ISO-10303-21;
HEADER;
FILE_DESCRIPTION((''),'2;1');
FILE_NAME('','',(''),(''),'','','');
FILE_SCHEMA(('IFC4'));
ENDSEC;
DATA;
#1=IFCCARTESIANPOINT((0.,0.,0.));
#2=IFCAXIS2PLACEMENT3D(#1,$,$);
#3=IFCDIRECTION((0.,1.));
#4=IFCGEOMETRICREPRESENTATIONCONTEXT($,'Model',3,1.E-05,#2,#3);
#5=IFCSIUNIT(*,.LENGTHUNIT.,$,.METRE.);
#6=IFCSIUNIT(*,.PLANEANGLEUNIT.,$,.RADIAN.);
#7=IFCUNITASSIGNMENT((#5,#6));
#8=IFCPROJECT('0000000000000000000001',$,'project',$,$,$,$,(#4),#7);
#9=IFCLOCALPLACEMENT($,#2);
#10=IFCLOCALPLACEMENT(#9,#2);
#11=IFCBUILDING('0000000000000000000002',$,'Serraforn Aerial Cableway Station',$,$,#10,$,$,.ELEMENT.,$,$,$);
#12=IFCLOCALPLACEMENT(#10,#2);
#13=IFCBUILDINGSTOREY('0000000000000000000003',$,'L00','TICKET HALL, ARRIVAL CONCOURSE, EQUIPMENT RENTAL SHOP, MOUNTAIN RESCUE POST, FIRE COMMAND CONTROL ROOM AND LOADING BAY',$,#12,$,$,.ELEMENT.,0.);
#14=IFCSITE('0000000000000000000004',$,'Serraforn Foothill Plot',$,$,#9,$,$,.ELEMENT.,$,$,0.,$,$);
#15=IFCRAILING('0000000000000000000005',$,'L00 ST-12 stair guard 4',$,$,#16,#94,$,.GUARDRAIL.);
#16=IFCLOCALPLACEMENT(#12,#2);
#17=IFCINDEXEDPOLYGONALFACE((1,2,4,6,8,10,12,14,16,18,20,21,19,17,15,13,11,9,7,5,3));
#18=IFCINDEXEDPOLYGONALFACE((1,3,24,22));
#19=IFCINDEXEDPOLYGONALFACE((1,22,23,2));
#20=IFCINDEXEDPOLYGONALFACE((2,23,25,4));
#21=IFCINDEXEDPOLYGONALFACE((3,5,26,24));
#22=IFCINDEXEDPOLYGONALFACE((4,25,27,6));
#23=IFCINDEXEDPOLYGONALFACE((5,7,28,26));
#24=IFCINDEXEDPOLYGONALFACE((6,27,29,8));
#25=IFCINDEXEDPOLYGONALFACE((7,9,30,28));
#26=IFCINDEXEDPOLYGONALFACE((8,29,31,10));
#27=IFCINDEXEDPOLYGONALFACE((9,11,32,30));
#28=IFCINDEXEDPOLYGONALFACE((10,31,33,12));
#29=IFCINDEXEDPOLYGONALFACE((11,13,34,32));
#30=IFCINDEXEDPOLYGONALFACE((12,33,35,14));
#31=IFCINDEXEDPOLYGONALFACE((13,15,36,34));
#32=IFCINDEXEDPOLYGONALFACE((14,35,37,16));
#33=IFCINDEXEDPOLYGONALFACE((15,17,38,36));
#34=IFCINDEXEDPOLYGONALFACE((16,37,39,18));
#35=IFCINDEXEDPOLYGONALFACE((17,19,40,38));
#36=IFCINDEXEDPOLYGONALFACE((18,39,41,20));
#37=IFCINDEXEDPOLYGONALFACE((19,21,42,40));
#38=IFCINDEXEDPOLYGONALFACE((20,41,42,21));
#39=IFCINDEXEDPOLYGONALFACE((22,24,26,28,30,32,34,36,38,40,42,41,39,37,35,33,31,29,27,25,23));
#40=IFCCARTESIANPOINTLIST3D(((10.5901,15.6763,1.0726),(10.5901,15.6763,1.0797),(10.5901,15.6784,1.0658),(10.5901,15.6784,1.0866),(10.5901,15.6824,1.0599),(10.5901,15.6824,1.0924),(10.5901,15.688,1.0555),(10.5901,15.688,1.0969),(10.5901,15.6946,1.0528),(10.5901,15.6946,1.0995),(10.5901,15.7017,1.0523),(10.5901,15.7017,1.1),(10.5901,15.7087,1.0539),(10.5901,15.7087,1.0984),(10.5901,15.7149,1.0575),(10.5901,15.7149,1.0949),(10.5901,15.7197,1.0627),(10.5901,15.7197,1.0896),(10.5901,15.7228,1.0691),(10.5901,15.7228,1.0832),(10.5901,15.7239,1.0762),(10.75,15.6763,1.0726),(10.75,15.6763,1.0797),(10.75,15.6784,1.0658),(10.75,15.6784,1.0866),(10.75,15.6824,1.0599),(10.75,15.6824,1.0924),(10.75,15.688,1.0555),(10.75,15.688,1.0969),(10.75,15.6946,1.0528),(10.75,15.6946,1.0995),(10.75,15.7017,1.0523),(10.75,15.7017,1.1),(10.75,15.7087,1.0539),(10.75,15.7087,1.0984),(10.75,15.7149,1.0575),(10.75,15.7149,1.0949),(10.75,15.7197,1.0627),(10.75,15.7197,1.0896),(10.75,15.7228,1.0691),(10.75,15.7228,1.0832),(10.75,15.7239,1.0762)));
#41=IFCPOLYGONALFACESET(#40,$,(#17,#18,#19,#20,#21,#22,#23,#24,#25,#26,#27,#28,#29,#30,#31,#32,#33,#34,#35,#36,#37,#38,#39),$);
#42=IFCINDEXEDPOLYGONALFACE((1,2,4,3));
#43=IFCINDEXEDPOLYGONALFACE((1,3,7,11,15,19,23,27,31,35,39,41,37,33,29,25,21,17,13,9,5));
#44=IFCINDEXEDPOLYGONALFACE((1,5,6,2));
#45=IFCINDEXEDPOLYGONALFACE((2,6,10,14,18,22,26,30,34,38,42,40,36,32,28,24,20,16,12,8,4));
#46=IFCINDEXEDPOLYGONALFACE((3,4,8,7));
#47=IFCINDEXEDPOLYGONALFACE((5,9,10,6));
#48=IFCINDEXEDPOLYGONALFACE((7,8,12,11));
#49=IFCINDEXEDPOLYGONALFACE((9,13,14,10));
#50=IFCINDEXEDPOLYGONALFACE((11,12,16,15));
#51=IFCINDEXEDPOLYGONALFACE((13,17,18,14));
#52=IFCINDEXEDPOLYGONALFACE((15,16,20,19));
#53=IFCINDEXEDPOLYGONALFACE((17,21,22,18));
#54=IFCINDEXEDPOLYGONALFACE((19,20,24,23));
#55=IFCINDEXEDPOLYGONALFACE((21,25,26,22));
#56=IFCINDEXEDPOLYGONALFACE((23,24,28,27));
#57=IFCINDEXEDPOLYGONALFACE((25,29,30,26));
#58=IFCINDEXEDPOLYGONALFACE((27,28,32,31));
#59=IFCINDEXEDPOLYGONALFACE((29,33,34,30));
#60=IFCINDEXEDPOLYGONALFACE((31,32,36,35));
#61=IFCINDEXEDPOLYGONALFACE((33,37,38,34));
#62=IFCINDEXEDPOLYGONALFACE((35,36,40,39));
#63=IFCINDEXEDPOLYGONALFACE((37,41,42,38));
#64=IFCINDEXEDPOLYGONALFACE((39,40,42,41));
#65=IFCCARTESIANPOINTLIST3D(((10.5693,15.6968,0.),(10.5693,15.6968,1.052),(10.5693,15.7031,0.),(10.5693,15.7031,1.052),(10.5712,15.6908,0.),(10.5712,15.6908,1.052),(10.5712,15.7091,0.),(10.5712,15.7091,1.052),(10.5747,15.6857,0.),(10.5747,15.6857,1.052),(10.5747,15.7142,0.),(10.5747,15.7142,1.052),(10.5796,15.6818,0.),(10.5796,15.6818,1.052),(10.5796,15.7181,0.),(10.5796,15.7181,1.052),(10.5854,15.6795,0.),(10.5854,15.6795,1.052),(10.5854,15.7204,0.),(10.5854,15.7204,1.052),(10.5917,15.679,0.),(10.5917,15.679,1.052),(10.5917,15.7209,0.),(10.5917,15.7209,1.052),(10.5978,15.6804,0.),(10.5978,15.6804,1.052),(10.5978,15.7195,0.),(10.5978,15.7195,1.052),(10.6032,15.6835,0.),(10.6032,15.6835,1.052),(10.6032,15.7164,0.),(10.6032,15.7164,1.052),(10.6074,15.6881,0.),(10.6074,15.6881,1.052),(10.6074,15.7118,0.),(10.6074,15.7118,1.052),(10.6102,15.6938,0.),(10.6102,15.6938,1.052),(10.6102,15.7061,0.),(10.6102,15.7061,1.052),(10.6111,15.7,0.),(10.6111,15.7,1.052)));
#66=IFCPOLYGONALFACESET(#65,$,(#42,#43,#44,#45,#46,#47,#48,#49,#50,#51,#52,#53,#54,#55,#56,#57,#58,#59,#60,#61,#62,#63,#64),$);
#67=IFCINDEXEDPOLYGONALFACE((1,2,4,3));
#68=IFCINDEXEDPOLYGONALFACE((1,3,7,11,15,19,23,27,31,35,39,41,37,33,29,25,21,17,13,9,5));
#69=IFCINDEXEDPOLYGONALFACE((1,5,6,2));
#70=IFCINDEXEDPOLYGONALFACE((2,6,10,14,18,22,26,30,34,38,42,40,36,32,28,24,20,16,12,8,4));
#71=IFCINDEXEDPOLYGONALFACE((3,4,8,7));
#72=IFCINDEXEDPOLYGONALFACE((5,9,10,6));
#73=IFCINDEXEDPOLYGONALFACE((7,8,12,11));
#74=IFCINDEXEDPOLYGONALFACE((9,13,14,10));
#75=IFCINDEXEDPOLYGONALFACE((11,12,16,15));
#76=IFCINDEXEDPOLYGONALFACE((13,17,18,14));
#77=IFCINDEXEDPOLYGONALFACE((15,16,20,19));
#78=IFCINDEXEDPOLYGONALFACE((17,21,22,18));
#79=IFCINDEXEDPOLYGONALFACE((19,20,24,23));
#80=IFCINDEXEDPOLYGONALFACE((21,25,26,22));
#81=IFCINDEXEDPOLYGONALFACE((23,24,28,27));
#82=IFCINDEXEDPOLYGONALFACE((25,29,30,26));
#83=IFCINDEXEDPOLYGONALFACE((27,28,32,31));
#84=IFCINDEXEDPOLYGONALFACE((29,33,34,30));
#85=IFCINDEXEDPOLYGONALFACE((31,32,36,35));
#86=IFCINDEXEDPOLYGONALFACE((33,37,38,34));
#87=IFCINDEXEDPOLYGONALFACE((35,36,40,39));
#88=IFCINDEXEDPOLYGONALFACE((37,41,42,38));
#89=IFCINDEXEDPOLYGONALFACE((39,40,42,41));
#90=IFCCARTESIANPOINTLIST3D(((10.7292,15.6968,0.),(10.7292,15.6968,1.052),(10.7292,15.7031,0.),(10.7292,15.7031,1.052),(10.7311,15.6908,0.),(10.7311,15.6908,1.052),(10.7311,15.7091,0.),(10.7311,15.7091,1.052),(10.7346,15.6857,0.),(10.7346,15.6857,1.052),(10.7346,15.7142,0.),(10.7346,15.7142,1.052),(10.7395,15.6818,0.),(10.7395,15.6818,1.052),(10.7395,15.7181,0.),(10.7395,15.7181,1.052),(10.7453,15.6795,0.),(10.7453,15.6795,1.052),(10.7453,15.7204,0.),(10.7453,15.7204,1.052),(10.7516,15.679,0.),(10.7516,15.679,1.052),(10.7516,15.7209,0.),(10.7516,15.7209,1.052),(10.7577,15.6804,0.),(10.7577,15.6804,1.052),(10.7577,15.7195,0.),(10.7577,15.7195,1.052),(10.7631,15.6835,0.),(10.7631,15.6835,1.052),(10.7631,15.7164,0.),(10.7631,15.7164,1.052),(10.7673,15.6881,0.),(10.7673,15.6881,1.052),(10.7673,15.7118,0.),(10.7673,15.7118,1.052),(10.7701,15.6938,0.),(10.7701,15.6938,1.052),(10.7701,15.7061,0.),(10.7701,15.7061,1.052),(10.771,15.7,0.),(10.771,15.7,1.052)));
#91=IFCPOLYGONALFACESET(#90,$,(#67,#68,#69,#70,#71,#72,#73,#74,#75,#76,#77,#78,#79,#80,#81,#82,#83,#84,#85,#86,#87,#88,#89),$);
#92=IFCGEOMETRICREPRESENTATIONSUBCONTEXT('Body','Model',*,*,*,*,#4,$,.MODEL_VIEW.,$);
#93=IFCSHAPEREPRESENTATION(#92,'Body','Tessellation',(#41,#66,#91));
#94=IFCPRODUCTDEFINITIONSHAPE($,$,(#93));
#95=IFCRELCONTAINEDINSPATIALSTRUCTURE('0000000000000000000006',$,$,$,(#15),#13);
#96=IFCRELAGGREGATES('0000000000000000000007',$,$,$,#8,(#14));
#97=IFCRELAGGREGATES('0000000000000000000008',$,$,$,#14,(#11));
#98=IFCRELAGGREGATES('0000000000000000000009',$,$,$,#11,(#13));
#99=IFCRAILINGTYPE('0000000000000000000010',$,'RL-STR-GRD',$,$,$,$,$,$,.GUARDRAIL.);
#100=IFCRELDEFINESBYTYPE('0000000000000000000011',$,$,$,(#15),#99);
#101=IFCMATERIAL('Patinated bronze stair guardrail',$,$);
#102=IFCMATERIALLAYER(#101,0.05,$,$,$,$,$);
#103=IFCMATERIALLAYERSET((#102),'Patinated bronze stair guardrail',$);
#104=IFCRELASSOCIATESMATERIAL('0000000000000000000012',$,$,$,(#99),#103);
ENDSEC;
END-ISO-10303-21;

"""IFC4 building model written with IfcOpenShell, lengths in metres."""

from ifc_helpers import new_model, si_unit, direction, frame, origin, origin_2d, place, context, subcontext, project, spatial, circle, extrude, material, layer, layer_set, type_object, element, save


model = new_model("IFC4")

# Units and contexts
model_context = context("Model", 3, precision=1e-05, world=origin(), true_north=direction((0.0, 1.0)))
body_context = subcontext(model_context, "Body", "Model", "MODEL_VIEW")
ifc_project = project(units=[si_unit("LENGTHUNIT", "METRE"), si_unit("PLANEANGLEUNIT", "RADIAN")], contexts=[model_context])

# Site, building, storey
site_placement = place(None, origin())
site = spatial("IfcSite", under=ifc_project, at=site_placement, Name="Serraforn Foothill Plot", CompositionType="ELEMENT", RefElevation=0.0)
building_placement = place(site_placement, origin())
building = spatial("IfcBuilding", under=site, at=building_placement, Name="Serraforn Aerial Cableway Station", CompositionType="ELEMENT")
storey_placement = place(building_placement, origin())
storey = spatial("IfcBuildingStorey", under=building, at=storey_placement, Name="L00", Description="TICKET HALL, ARRIVAL CONCOURSE, EQUIPMENT RENTAL SHOP, MOUNTAIN RESCUE POST, FIRE COMMAND CONTROL ROOM AND LOADING BAY", CompositionType="ELEMENT", Elevation=0.0)

# Railing
ifc_material_1 = material(Name="Patinated bronze stair guardrail")
ifc_layer_1 = layer(ifc_material_1, 0.05)
ifc_layer_set_1 = layer_set([ifc_layer_1], Name="Patinated bronze stair guardrail")
railing_type_1 = type_object("IfcRailingType", Name="RL-STR-GRD", PredefinedType="GUARDRAIL", material=ifc_layer_set_1)
railing_1_placement = place(storey_placement, frame((10.5901, 15.7, 0.0)))
element("IfcRailing", 1, at=railing_1_placement, inside=storey, type_object=railing_type_1, Name="L00 ST-12 stair guard 4", PredefinedType="GUARDRAIL", context=body_context, shape_type="SweptSolid", body=[
    extrude(circle(Radius=0.0239, at=origin_2d()), frame((0.0, 0.0, 1.0762), z_axis=(1.0, 0.0, 0.0), x_axis=(0.0, 1.0, 0.0)), (0.0, 0.0, 1.0), 0.1599),
    extrude(circle(Radius=0.021, at=origin_2d()), origin(), (0.0, 0.0, 1.0), 1.052),
    extrude(circle(Radius=0.021, at=origin_2d()), frame((0.1599, 0.0, 0.0)), (0.0, 0.0, 1.0), 1.052),
])

save(model, "model.ifc")
